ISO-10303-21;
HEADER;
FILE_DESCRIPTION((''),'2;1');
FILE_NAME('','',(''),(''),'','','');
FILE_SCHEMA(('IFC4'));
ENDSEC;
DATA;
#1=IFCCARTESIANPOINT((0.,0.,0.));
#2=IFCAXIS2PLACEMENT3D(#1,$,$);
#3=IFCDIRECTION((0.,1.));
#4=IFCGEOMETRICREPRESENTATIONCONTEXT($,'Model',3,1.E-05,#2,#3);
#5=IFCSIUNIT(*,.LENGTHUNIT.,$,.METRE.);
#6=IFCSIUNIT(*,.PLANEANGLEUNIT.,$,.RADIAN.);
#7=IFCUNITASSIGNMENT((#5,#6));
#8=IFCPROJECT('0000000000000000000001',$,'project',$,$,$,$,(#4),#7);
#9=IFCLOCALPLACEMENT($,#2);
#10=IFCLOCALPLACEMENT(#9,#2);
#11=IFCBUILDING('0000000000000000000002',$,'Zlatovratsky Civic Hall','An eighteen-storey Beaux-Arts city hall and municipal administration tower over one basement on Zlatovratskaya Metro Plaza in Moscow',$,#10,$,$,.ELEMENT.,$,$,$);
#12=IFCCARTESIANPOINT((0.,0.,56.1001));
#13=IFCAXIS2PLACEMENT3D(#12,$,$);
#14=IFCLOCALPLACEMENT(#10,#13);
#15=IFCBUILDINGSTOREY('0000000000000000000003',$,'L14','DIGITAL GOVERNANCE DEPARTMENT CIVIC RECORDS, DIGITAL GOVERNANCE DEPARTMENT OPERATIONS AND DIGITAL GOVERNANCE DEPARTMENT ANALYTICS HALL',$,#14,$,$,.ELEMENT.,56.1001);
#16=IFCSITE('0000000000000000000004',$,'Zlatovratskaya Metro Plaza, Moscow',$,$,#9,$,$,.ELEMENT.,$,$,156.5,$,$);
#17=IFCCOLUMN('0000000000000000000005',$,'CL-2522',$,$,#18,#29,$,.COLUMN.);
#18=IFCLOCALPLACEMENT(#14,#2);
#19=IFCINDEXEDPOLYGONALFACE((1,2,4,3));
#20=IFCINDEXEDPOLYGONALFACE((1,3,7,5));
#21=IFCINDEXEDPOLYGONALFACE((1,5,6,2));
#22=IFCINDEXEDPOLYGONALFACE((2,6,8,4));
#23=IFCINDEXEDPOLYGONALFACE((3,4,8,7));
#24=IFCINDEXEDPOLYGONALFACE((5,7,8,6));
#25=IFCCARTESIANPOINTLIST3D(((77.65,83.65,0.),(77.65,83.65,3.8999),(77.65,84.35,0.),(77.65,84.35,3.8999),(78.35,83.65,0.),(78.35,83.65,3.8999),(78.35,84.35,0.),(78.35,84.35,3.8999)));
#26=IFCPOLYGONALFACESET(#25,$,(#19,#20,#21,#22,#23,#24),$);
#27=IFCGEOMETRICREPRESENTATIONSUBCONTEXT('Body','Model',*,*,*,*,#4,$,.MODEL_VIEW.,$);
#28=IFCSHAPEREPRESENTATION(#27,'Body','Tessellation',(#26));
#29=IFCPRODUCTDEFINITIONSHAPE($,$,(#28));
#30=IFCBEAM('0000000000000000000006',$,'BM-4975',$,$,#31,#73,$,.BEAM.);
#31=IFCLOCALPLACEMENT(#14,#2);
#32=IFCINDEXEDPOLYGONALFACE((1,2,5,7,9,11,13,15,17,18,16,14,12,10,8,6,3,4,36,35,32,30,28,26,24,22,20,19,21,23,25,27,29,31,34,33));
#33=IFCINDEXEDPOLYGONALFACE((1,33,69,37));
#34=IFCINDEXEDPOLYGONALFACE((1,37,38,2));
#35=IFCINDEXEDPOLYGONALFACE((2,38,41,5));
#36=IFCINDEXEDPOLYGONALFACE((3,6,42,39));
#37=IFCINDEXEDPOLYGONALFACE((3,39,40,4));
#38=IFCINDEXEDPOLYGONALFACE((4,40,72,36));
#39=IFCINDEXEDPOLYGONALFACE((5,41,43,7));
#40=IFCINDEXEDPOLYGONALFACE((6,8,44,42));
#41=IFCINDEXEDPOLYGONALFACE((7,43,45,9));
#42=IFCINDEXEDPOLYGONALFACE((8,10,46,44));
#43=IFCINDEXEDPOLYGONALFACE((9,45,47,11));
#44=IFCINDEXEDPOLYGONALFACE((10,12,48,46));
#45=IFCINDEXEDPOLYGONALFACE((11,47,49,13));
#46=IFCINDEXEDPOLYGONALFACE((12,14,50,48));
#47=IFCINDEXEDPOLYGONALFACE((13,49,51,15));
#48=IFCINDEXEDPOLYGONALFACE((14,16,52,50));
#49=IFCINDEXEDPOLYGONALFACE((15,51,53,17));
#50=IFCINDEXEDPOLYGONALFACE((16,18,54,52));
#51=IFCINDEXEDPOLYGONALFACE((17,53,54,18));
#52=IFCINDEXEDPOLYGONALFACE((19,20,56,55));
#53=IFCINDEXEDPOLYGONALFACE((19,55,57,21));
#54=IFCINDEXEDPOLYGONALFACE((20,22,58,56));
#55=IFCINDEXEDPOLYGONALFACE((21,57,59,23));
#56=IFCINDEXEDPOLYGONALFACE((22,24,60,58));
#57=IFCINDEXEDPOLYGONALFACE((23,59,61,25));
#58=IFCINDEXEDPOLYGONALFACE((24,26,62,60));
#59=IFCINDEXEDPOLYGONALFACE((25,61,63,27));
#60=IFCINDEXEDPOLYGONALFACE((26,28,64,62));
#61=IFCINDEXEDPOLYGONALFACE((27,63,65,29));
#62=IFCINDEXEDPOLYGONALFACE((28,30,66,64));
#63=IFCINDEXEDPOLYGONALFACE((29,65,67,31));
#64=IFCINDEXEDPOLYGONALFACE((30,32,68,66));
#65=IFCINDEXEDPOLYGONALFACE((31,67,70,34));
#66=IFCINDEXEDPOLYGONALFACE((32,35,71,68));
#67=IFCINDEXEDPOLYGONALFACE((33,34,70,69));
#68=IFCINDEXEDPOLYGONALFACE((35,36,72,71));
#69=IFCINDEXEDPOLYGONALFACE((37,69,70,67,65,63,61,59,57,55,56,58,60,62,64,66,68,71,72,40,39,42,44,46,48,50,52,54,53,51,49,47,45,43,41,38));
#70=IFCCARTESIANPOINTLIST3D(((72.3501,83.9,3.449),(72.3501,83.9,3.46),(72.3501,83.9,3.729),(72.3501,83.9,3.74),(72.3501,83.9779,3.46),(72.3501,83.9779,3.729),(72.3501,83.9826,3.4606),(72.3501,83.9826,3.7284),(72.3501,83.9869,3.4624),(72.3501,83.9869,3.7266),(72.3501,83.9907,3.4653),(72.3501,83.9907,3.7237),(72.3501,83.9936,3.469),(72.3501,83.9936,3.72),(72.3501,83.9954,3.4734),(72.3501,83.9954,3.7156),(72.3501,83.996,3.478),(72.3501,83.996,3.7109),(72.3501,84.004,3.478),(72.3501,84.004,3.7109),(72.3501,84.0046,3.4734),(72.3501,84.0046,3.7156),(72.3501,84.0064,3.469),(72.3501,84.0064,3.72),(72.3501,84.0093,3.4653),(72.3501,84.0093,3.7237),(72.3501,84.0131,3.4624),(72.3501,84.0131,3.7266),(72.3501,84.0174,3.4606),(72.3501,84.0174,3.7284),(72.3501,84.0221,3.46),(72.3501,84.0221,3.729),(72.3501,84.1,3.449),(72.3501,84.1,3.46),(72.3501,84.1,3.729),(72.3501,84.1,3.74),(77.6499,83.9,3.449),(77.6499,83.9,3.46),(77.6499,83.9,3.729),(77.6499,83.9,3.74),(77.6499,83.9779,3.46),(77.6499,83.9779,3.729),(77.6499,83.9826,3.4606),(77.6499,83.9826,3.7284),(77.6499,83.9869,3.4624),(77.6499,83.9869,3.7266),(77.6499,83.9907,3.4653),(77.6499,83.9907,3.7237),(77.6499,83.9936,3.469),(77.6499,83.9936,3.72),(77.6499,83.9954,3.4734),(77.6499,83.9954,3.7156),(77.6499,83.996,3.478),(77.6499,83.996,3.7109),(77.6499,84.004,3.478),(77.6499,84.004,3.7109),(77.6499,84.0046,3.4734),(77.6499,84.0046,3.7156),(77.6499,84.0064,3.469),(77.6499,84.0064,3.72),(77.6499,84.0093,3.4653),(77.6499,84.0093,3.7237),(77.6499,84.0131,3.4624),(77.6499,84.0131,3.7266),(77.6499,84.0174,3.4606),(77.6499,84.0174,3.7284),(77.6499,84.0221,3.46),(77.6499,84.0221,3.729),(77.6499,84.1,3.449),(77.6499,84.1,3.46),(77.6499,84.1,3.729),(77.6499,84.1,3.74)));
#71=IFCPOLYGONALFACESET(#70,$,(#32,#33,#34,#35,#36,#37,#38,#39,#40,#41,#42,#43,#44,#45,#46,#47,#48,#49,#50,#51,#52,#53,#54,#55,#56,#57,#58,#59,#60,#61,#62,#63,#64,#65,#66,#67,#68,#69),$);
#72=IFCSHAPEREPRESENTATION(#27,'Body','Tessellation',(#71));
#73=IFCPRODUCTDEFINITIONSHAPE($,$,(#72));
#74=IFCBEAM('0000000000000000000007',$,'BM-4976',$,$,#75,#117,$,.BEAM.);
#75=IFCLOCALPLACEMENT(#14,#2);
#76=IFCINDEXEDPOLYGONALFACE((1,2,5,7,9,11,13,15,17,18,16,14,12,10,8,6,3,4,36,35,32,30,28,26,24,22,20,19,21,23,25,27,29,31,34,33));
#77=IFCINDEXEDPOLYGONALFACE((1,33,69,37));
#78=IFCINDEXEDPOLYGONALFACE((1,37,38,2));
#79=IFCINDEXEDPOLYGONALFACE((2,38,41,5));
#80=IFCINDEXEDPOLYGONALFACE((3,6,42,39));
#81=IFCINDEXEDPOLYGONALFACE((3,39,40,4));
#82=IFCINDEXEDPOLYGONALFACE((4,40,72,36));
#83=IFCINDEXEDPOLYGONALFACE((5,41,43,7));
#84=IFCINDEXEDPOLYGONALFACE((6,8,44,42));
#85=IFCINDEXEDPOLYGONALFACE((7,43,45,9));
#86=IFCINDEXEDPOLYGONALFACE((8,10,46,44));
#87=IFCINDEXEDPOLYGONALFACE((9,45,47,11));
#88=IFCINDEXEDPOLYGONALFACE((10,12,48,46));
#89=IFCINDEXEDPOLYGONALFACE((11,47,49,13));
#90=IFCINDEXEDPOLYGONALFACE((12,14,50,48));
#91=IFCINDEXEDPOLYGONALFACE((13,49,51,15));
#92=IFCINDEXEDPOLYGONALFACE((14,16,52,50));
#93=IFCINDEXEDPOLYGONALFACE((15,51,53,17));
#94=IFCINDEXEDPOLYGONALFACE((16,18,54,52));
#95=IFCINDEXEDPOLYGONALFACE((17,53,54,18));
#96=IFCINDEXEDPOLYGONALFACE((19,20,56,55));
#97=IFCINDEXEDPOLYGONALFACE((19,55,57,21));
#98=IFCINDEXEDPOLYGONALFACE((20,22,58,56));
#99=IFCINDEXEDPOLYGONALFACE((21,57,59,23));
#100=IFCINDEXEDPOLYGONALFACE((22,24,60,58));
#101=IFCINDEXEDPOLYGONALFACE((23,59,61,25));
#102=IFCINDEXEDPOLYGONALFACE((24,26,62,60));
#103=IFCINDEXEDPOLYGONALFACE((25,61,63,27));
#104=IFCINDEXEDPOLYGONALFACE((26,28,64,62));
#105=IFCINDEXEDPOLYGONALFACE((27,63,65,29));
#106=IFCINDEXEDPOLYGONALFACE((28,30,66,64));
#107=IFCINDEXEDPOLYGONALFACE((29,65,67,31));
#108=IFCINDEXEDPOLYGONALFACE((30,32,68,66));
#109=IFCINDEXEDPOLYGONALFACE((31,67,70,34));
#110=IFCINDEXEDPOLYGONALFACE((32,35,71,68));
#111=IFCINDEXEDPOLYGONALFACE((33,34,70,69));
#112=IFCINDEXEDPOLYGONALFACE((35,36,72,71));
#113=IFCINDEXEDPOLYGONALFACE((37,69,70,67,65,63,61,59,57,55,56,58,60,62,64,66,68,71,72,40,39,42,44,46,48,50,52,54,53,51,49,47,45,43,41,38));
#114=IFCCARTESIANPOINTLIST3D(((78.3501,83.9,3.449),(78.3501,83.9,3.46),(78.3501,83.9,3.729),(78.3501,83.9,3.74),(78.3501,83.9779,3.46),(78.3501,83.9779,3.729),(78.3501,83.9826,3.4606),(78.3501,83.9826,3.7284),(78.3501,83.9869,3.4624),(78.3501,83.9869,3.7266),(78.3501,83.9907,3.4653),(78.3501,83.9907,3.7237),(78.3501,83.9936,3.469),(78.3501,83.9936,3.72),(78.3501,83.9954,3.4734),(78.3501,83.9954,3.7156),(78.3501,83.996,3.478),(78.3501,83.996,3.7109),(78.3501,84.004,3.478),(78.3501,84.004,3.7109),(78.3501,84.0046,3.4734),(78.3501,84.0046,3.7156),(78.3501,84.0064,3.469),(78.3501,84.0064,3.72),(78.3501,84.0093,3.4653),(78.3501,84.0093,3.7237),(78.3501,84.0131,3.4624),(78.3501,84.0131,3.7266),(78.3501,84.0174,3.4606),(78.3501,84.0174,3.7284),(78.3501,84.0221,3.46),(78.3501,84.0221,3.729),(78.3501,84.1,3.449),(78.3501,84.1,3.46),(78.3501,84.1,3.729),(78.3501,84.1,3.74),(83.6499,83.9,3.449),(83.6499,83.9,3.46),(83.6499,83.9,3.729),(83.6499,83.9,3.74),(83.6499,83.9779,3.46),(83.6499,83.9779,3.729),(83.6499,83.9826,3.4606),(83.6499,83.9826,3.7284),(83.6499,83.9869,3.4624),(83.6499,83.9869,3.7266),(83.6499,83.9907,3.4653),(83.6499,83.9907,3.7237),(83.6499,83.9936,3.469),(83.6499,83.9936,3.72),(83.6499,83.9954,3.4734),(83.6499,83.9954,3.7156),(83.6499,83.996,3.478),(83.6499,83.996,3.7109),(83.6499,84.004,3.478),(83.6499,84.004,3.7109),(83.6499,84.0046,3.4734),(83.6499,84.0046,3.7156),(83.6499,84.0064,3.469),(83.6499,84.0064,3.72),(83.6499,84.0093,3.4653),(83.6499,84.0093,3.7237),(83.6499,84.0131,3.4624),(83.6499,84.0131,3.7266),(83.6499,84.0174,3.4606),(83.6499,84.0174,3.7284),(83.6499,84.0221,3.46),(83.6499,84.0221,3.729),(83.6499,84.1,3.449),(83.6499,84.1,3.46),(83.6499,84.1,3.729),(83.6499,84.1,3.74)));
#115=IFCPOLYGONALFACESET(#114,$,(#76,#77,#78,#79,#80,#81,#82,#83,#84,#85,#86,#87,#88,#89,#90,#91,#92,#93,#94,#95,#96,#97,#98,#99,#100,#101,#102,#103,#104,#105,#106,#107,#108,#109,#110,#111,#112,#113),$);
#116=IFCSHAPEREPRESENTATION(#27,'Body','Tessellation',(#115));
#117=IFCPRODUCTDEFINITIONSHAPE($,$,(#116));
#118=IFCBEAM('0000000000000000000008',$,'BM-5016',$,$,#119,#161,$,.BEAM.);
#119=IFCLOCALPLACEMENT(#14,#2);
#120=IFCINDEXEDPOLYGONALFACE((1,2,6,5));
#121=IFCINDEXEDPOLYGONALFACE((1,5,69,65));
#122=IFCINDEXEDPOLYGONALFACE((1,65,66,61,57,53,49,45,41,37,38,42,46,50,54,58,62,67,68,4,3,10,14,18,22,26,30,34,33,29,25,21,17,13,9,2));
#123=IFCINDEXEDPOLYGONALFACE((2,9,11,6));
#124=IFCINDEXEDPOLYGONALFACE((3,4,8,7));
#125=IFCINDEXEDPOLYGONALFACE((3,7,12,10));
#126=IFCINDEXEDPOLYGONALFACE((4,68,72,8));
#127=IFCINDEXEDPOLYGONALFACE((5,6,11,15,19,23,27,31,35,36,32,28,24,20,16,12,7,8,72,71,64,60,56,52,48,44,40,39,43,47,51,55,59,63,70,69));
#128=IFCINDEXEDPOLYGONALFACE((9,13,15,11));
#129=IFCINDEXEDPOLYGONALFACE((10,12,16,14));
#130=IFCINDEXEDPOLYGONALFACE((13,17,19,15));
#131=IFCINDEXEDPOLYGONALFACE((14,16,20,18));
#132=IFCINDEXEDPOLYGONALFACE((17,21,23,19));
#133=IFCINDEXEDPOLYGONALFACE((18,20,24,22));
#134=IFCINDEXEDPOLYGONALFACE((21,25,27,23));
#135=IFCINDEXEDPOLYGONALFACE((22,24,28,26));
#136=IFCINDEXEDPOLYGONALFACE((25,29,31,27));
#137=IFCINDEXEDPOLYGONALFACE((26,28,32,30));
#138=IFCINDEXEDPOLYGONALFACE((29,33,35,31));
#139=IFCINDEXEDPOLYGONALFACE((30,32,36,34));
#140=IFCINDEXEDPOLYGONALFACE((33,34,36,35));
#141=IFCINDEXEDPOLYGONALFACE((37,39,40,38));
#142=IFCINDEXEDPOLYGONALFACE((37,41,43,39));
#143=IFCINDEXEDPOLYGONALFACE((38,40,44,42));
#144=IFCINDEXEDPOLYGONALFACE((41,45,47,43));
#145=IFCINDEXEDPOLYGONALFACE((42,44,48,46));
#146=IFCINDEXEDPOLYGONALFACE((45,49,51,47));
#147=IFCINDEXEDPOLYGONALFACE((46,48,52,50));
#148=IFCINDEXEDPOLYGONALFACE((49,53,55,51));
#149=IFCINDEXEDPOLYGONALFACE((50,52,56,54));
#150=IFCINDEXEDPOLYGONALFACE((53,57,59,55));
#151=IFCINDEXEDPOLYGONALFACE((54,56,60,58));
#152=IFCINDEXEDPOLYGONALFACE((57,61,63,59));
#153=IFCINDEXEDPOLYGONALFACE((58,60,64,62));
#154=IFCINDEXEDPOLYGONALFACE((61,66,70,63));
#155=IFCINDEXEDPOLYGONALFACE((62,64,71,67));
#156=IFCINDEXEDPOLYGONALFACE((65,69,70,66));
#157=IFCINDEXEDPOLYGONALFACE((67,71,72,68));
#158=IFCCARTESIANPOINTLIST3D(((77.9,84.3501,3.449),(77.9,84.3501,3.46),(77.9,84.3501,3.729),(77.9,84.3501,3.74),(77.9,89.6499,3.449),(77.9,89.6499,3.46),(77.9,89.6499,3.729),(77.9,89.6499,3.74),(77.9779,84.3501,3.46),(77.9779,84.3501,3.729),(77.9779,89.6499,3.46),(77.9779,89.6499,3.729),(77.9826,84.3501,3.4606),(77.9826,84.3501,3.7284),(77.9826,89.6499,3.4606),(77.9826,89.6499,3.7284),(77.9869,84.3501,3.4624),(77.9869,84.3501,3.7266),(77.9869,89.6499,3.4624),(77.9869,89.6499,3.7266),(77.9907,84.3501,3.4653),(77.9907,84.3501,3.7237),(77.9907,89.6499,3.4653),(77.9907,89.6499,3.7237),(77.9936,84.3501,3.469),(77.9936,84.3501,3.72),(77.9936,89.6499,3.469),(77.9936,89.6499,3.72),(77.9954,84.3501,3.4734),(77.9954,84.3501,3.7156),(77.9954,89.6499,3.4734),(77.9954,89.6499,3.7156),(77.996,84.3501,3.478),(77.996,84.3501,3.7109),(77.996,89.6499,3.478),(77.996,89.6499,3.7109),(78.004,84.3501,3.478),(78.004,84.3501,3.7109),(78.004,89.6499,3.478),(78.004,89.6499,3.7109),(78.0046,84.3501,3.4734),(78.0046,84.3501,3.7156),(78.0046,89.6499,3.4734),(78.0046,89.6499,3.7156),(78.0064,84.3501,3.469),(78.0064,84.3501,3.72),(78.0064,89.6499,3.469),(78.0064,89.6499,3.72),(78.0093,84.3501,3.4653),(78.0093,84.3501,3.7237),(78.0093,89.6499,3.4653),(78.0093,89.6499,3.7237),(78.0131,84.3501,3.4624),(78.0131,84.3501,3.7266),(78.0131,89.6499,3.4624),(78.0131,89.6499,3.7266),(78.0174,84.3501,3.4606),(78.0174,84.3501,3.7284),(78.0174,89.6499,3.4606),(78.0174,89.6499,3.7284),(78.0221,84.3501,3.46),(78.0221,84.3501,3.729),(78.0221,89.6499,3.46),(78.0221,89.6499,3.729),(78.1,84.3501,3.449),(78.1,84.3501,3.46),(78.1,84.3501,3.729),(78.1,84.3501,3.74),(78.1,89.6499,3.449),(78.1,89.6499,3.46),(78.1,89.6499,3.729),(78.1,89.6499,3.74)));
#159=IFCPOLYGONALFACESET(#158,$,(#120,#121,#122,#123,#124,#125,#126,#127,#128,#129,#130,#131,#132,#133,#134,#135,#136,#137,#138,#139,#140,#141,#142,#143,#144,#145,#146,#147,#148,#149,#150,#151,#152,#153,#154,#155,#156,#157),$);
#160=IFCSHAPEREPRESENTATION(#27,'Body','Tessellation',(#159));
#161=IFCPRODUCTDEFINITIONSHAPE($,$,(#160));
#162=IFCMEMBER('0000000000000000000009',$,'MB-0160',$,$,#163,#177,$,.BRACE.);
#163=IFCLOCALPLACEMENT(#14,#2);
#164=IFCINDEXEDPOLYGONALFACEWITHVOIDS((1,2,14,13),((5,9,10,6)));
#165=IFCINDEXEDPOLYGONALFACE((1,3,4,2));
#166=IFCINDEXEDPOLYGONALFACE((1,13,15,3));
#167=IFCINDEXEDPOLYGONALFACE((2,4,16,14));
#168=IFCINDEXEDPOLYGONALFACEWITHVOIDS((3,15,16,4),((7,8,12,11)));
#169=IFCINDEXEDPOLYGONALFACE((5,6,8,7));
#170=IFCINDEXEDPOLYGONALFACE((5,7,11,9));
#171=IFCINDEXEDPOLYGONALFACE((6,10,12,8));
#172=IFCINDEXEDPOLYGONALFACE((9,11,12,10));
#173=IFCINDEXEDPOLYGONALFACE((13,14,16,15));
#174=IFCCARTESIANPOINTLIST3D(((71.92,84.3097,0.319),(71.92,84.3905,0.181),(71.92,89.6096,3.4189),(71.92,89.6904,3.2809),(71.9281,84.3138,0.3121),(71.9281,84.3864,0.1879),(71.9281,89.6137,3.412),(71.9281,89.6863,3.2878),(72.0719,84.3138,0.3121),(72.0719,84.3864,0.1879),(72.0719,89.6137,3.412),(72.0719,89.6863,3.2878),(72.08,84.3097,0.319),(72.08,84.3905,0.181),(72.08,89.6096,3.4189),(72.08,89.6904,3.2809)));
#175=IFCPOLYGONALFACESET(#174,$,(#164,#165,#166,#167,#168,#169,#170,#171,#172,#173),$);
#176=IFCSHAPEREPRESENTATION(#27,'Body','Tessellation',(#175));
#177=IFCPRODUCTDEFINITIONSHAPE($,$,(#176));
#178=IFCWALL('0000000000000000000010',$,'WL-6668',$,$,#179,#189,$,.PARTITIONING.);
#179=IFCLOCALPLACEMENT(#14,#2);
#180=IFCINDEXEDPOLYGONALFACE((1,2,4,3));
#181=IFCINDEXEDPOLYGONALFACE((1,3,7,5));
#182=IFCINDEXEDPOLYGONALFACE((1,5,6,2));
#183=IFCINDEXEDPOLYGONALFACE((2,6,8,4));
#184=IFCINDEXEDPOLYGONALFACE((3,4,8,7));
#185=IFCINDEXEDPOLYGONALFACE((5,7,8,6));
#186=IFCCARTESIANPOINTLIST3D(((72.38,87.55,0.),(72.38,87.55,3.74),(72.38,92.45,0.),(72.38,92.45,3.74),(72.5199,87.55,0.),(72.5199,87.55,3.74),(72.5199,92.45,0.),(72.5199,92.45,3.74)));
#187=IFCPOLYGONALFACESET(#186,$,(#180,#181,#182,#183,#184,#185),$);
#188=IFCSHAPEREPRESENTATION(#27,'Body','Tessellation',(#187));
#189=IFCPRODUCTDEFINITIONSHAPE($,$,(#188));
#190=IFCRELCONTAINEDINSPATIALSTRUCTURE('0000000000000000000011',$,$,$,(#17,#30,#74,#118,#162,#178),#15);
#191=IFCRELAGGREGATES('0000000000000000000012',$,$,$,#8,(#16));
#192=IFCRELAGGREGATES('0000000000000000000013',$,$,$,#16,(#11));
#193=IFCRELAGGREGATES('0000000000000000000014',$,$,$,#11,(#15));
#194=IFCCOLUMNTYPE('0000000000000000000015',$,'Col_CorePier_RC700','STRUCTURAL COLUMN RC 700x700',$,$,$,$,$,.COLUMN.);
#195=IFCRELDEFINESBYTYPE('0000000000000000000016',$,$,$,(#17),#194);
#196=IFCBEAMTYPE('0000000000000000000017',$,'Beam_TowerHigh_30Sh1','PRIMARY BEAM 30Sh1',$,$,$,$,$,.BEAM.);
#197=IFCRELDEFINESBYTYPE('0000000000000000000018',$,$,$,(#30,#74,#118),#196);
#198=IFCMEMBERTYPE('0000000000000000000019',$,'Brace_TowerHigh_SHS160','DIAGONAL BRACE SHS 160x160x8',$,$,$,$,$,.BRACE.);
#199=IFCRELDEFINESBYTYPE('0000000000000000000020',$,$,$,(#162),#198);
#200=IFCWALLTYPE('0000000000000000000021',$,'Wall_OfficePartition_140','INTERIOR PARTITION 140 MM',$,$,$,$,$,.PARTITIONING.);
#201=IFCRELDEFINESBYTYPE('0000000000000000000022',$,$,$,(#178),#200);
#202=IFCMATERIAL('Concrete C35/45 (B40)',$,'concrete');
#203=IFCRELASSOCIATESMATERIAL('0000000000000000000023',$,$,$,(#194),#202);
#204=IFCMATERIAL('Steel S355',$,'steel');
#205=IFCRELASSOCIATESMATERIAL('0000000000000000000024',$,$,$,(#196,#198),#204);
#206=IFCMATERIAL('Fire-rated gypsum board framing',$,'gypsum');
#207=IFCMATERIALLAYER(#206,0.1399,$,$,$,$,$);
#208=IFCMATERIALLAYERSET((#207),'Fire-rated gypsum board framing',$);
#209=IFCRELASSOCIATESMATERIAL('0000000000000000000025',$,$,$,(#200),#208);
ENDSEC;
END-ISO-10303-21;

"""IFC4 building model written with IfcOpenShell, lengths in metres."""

from ifc_helpers import new_model, si_unit, direction, frame, frame_2d, origin, origin_2d, place, context, subcontext, project, spatial, rectangle, hollow_rectangle, i_section, extrude, material, layer, layer_set, material_profile, profile_set, type_object, element, save


model = new_model("IFC4")

# Units and contexts
model_context = context("Model", 3, precision=1e-05, world=origin(), true_north=direction((0.0, 1.0)))
body_context = subcontext(model_context, "Body", "Model", "MODEL_VIEW")
ifc_project = project(units=[si_unit("LENGTHUNIT", "METRE"), si_unit("PLANEANGLEUNIT", "RADIAN")], contexts=[model_context])

# Site, building, storey
site_placement = place(None, origin())
site = spatial("IfcSite", under=ifc_project, at=site_placement, Name="Zlatovratskaya Metro Plaza, Moscow", CompositionType="ELEMENT", RefElevation=156.5)
building_placement = place(site_placement, origin())
building = spatial("IfcBuilding", under=site, at=building_placement, Name="Zlatovratsky Civic Hall", Description="An eighteen-storey Beaux-Arts city hall and municipal administration tower over one basement on Zlatovratskaya Metro Plaza in Moscow", CompositionType="ELEMENT")
storey_placement = place(building_placement, frame((0.0, 0.0, 56.1001)))
storey = spatial("IfcBuildingStorey", under=building, at=storey_placement, Name="L14", Description="DIGITAL GOVERNANCE DEPARTMENT CIVIC RECORDS, DIGITAL GOVERNANCE DEPARTMENT OPERATIONS AND DIGITAL GOVERNANCE DEPARTMENT ANALYTICS HALL", CompositionType="ELEMENT", Elevation=56.1001)

# Column
ifc_material_1 = material(Name="Concrete C35/45 (B40)", Category="concrete")
ifc_material_profile_1 = material_profile(ifc_material_1, rectangle(XDim=0.7, YDim=0.7, at=origin_2d()), Name="RC 700x700")
ifc_profile_set_1 = profile_set([ifc_material_profile_1], Name="Concrete C35/45 (B40)")
column_type = type_object("IfcColumnType", Name="Col_CorePier_RC700", Description="STRUCTURAL COLUMN RC 700x700", PredefinedType="COLUMN", material=ifc_profile_set_1)
column_placement = place(storey_placement, frame((78.0, 84.0, 0.0), z_axis=(0.0, 0.0, 1.0), x_axis=(1.0, 0.0, 0.0)))
element("IfcColumn", 1, at=column_placement, inside=storey, type_object=column_type, Name="CL-2522", PredefinedType="COLUMN", context=body_context, shape_type="SweptSolid", body=[
    extrude(rectangle(XDim=0.7, YDim=0.7, at=origin_2d()), origin(), (0.0, 0.0, 1.0), 3.8999),
])

# Beams
ifc_material_2 = material(Name="Steel S355", Category="steel")
ifc_material_profile_2 = material_profile(ifc_material_2, i_section(OverallWidth=0.2, OverallDepth=0.291, WebThickness=0.0081, FlangeThickness=0.011, FilletRadius=0.0181, at=origin_2d()), Name="30Sh1")
ifc_profile_set_2 = profile_set([ifc_material_profile_2], Name="Steel S355")
beam_type = type_object("IfcBeamType", Name="Beam_TowerHigh_30Sh1", Description="PRIMARY BEAM 30Sh1", PredefinedType="BEAM", material=ifc_profile_set_2)
for number, where, z_axis, x_axis, name in (
    (2, (72.3501, 84.0, 3.5945), (1.0, 0.0, 0.0), (0.0, 1.0, 0.0), "BM-4975"),
    (3, (78.3501, 84.0, 3.5945), (1.0, 0.0, 0.0), (0.0, 1.0, 0.0), "BM-4976"),
    (4, (78.0, 84.3501, 3.5945), (0.0, 1.0, 0.0), (-1.0, 0.0, 0.0), "BM-5016"),
):
    element("IfcBeam", number, at=place(storey_placement, frame(where, z_axis=z_axis, x_axis=x_axis)), inside=storey, type_object=beam_type, Name=name, PredefinedType="BEAM", context=body_context, shape_type="SweptSolid", body=[
        extrude(i_section(OverallWidth=0.2, OverallDepth=0.291, WebThickness=0.0081, FlangeThickness=0.011, FilletRadius=0.0181, at=origin_2d()), origin(), (0.0, 0.0, 1.0), 5.2998),
    ])

# Member
ifc_material_profile_3 = material_profile(ifc_material_2, hollow_rectangle(XDim=0.1599, YDim=0.1599, WallThickness=0.0081, at=origin_2d()), Name="SHS 160x160x8")
ifc_profile_set_3 = profile_set([ifc_material_profile_3], Name="Steel S355")
member_type = type_object("IfcMemberType", Name="Brace_TowerHigh_SHS160", Description="DIAGONAL BRACE SHS 160x160x8", PredefinedType="BRACE", material=ifc_profile_set_3)
member_placement = place(storey_placement, frame((72.0, 84.3501, 0.25), z_axis=(0.0, 0.86319, 0.504879), x_axis=(-1.0, 0.0, 0.0)))
element("IfcMember", 5, at=member_placement, inside=storey, type_object=member_type, Name="MB-0160", PredefinedType="BRACE", context=body_context, shape_type="SweptSolid", body=[
    extrude(hollow_rectangle(XDim=0.1599, YDim=0.1599, WallThickness=0.0081, at=origin_2d()), origin(), (0.0, 0.0, 1.0), 6.1399),
])

# Wall
ifc_material_3 = material(Name="Fire-rated gypsum board framing", Category="gypsum")
ifc_layer_1 = layer(ifc_material_3, 0.1399)
ifc_layer_set_1 = layer_set([ifc_layer_1], Name="Fire-rated gypsum board framing")
wall_type_1 = type_object("IfcWallType", Name="Wall_OfficePartition_140", Description="INTERIOR PARTITION 140 MM", PredefinedType="PARTITIONING", material=ifc_layer_set_1)
wall_1_placement = place(storey_placement, frame((72.45, 87.55, 0.0), z_axis=(0.0, 0.0, 1.0), x_axis=(0.0, 1.0, 0.0)))
element("IfcWall", 6, at=wall_1_placement, inside=storey, type_object=wall_type_1, Name="WL-6668", PredefinedType="PARTITIONING", context=body_context, shape_type="SweptSolid", body=[
    extrude(rectangle(XDim=4.8999, YDim=0.1399, at=frame_2d((2.45, 0.0))), origin(), (0.0, 0.0, 1.0), 3.74),
])

save(model, "model.ifc")
